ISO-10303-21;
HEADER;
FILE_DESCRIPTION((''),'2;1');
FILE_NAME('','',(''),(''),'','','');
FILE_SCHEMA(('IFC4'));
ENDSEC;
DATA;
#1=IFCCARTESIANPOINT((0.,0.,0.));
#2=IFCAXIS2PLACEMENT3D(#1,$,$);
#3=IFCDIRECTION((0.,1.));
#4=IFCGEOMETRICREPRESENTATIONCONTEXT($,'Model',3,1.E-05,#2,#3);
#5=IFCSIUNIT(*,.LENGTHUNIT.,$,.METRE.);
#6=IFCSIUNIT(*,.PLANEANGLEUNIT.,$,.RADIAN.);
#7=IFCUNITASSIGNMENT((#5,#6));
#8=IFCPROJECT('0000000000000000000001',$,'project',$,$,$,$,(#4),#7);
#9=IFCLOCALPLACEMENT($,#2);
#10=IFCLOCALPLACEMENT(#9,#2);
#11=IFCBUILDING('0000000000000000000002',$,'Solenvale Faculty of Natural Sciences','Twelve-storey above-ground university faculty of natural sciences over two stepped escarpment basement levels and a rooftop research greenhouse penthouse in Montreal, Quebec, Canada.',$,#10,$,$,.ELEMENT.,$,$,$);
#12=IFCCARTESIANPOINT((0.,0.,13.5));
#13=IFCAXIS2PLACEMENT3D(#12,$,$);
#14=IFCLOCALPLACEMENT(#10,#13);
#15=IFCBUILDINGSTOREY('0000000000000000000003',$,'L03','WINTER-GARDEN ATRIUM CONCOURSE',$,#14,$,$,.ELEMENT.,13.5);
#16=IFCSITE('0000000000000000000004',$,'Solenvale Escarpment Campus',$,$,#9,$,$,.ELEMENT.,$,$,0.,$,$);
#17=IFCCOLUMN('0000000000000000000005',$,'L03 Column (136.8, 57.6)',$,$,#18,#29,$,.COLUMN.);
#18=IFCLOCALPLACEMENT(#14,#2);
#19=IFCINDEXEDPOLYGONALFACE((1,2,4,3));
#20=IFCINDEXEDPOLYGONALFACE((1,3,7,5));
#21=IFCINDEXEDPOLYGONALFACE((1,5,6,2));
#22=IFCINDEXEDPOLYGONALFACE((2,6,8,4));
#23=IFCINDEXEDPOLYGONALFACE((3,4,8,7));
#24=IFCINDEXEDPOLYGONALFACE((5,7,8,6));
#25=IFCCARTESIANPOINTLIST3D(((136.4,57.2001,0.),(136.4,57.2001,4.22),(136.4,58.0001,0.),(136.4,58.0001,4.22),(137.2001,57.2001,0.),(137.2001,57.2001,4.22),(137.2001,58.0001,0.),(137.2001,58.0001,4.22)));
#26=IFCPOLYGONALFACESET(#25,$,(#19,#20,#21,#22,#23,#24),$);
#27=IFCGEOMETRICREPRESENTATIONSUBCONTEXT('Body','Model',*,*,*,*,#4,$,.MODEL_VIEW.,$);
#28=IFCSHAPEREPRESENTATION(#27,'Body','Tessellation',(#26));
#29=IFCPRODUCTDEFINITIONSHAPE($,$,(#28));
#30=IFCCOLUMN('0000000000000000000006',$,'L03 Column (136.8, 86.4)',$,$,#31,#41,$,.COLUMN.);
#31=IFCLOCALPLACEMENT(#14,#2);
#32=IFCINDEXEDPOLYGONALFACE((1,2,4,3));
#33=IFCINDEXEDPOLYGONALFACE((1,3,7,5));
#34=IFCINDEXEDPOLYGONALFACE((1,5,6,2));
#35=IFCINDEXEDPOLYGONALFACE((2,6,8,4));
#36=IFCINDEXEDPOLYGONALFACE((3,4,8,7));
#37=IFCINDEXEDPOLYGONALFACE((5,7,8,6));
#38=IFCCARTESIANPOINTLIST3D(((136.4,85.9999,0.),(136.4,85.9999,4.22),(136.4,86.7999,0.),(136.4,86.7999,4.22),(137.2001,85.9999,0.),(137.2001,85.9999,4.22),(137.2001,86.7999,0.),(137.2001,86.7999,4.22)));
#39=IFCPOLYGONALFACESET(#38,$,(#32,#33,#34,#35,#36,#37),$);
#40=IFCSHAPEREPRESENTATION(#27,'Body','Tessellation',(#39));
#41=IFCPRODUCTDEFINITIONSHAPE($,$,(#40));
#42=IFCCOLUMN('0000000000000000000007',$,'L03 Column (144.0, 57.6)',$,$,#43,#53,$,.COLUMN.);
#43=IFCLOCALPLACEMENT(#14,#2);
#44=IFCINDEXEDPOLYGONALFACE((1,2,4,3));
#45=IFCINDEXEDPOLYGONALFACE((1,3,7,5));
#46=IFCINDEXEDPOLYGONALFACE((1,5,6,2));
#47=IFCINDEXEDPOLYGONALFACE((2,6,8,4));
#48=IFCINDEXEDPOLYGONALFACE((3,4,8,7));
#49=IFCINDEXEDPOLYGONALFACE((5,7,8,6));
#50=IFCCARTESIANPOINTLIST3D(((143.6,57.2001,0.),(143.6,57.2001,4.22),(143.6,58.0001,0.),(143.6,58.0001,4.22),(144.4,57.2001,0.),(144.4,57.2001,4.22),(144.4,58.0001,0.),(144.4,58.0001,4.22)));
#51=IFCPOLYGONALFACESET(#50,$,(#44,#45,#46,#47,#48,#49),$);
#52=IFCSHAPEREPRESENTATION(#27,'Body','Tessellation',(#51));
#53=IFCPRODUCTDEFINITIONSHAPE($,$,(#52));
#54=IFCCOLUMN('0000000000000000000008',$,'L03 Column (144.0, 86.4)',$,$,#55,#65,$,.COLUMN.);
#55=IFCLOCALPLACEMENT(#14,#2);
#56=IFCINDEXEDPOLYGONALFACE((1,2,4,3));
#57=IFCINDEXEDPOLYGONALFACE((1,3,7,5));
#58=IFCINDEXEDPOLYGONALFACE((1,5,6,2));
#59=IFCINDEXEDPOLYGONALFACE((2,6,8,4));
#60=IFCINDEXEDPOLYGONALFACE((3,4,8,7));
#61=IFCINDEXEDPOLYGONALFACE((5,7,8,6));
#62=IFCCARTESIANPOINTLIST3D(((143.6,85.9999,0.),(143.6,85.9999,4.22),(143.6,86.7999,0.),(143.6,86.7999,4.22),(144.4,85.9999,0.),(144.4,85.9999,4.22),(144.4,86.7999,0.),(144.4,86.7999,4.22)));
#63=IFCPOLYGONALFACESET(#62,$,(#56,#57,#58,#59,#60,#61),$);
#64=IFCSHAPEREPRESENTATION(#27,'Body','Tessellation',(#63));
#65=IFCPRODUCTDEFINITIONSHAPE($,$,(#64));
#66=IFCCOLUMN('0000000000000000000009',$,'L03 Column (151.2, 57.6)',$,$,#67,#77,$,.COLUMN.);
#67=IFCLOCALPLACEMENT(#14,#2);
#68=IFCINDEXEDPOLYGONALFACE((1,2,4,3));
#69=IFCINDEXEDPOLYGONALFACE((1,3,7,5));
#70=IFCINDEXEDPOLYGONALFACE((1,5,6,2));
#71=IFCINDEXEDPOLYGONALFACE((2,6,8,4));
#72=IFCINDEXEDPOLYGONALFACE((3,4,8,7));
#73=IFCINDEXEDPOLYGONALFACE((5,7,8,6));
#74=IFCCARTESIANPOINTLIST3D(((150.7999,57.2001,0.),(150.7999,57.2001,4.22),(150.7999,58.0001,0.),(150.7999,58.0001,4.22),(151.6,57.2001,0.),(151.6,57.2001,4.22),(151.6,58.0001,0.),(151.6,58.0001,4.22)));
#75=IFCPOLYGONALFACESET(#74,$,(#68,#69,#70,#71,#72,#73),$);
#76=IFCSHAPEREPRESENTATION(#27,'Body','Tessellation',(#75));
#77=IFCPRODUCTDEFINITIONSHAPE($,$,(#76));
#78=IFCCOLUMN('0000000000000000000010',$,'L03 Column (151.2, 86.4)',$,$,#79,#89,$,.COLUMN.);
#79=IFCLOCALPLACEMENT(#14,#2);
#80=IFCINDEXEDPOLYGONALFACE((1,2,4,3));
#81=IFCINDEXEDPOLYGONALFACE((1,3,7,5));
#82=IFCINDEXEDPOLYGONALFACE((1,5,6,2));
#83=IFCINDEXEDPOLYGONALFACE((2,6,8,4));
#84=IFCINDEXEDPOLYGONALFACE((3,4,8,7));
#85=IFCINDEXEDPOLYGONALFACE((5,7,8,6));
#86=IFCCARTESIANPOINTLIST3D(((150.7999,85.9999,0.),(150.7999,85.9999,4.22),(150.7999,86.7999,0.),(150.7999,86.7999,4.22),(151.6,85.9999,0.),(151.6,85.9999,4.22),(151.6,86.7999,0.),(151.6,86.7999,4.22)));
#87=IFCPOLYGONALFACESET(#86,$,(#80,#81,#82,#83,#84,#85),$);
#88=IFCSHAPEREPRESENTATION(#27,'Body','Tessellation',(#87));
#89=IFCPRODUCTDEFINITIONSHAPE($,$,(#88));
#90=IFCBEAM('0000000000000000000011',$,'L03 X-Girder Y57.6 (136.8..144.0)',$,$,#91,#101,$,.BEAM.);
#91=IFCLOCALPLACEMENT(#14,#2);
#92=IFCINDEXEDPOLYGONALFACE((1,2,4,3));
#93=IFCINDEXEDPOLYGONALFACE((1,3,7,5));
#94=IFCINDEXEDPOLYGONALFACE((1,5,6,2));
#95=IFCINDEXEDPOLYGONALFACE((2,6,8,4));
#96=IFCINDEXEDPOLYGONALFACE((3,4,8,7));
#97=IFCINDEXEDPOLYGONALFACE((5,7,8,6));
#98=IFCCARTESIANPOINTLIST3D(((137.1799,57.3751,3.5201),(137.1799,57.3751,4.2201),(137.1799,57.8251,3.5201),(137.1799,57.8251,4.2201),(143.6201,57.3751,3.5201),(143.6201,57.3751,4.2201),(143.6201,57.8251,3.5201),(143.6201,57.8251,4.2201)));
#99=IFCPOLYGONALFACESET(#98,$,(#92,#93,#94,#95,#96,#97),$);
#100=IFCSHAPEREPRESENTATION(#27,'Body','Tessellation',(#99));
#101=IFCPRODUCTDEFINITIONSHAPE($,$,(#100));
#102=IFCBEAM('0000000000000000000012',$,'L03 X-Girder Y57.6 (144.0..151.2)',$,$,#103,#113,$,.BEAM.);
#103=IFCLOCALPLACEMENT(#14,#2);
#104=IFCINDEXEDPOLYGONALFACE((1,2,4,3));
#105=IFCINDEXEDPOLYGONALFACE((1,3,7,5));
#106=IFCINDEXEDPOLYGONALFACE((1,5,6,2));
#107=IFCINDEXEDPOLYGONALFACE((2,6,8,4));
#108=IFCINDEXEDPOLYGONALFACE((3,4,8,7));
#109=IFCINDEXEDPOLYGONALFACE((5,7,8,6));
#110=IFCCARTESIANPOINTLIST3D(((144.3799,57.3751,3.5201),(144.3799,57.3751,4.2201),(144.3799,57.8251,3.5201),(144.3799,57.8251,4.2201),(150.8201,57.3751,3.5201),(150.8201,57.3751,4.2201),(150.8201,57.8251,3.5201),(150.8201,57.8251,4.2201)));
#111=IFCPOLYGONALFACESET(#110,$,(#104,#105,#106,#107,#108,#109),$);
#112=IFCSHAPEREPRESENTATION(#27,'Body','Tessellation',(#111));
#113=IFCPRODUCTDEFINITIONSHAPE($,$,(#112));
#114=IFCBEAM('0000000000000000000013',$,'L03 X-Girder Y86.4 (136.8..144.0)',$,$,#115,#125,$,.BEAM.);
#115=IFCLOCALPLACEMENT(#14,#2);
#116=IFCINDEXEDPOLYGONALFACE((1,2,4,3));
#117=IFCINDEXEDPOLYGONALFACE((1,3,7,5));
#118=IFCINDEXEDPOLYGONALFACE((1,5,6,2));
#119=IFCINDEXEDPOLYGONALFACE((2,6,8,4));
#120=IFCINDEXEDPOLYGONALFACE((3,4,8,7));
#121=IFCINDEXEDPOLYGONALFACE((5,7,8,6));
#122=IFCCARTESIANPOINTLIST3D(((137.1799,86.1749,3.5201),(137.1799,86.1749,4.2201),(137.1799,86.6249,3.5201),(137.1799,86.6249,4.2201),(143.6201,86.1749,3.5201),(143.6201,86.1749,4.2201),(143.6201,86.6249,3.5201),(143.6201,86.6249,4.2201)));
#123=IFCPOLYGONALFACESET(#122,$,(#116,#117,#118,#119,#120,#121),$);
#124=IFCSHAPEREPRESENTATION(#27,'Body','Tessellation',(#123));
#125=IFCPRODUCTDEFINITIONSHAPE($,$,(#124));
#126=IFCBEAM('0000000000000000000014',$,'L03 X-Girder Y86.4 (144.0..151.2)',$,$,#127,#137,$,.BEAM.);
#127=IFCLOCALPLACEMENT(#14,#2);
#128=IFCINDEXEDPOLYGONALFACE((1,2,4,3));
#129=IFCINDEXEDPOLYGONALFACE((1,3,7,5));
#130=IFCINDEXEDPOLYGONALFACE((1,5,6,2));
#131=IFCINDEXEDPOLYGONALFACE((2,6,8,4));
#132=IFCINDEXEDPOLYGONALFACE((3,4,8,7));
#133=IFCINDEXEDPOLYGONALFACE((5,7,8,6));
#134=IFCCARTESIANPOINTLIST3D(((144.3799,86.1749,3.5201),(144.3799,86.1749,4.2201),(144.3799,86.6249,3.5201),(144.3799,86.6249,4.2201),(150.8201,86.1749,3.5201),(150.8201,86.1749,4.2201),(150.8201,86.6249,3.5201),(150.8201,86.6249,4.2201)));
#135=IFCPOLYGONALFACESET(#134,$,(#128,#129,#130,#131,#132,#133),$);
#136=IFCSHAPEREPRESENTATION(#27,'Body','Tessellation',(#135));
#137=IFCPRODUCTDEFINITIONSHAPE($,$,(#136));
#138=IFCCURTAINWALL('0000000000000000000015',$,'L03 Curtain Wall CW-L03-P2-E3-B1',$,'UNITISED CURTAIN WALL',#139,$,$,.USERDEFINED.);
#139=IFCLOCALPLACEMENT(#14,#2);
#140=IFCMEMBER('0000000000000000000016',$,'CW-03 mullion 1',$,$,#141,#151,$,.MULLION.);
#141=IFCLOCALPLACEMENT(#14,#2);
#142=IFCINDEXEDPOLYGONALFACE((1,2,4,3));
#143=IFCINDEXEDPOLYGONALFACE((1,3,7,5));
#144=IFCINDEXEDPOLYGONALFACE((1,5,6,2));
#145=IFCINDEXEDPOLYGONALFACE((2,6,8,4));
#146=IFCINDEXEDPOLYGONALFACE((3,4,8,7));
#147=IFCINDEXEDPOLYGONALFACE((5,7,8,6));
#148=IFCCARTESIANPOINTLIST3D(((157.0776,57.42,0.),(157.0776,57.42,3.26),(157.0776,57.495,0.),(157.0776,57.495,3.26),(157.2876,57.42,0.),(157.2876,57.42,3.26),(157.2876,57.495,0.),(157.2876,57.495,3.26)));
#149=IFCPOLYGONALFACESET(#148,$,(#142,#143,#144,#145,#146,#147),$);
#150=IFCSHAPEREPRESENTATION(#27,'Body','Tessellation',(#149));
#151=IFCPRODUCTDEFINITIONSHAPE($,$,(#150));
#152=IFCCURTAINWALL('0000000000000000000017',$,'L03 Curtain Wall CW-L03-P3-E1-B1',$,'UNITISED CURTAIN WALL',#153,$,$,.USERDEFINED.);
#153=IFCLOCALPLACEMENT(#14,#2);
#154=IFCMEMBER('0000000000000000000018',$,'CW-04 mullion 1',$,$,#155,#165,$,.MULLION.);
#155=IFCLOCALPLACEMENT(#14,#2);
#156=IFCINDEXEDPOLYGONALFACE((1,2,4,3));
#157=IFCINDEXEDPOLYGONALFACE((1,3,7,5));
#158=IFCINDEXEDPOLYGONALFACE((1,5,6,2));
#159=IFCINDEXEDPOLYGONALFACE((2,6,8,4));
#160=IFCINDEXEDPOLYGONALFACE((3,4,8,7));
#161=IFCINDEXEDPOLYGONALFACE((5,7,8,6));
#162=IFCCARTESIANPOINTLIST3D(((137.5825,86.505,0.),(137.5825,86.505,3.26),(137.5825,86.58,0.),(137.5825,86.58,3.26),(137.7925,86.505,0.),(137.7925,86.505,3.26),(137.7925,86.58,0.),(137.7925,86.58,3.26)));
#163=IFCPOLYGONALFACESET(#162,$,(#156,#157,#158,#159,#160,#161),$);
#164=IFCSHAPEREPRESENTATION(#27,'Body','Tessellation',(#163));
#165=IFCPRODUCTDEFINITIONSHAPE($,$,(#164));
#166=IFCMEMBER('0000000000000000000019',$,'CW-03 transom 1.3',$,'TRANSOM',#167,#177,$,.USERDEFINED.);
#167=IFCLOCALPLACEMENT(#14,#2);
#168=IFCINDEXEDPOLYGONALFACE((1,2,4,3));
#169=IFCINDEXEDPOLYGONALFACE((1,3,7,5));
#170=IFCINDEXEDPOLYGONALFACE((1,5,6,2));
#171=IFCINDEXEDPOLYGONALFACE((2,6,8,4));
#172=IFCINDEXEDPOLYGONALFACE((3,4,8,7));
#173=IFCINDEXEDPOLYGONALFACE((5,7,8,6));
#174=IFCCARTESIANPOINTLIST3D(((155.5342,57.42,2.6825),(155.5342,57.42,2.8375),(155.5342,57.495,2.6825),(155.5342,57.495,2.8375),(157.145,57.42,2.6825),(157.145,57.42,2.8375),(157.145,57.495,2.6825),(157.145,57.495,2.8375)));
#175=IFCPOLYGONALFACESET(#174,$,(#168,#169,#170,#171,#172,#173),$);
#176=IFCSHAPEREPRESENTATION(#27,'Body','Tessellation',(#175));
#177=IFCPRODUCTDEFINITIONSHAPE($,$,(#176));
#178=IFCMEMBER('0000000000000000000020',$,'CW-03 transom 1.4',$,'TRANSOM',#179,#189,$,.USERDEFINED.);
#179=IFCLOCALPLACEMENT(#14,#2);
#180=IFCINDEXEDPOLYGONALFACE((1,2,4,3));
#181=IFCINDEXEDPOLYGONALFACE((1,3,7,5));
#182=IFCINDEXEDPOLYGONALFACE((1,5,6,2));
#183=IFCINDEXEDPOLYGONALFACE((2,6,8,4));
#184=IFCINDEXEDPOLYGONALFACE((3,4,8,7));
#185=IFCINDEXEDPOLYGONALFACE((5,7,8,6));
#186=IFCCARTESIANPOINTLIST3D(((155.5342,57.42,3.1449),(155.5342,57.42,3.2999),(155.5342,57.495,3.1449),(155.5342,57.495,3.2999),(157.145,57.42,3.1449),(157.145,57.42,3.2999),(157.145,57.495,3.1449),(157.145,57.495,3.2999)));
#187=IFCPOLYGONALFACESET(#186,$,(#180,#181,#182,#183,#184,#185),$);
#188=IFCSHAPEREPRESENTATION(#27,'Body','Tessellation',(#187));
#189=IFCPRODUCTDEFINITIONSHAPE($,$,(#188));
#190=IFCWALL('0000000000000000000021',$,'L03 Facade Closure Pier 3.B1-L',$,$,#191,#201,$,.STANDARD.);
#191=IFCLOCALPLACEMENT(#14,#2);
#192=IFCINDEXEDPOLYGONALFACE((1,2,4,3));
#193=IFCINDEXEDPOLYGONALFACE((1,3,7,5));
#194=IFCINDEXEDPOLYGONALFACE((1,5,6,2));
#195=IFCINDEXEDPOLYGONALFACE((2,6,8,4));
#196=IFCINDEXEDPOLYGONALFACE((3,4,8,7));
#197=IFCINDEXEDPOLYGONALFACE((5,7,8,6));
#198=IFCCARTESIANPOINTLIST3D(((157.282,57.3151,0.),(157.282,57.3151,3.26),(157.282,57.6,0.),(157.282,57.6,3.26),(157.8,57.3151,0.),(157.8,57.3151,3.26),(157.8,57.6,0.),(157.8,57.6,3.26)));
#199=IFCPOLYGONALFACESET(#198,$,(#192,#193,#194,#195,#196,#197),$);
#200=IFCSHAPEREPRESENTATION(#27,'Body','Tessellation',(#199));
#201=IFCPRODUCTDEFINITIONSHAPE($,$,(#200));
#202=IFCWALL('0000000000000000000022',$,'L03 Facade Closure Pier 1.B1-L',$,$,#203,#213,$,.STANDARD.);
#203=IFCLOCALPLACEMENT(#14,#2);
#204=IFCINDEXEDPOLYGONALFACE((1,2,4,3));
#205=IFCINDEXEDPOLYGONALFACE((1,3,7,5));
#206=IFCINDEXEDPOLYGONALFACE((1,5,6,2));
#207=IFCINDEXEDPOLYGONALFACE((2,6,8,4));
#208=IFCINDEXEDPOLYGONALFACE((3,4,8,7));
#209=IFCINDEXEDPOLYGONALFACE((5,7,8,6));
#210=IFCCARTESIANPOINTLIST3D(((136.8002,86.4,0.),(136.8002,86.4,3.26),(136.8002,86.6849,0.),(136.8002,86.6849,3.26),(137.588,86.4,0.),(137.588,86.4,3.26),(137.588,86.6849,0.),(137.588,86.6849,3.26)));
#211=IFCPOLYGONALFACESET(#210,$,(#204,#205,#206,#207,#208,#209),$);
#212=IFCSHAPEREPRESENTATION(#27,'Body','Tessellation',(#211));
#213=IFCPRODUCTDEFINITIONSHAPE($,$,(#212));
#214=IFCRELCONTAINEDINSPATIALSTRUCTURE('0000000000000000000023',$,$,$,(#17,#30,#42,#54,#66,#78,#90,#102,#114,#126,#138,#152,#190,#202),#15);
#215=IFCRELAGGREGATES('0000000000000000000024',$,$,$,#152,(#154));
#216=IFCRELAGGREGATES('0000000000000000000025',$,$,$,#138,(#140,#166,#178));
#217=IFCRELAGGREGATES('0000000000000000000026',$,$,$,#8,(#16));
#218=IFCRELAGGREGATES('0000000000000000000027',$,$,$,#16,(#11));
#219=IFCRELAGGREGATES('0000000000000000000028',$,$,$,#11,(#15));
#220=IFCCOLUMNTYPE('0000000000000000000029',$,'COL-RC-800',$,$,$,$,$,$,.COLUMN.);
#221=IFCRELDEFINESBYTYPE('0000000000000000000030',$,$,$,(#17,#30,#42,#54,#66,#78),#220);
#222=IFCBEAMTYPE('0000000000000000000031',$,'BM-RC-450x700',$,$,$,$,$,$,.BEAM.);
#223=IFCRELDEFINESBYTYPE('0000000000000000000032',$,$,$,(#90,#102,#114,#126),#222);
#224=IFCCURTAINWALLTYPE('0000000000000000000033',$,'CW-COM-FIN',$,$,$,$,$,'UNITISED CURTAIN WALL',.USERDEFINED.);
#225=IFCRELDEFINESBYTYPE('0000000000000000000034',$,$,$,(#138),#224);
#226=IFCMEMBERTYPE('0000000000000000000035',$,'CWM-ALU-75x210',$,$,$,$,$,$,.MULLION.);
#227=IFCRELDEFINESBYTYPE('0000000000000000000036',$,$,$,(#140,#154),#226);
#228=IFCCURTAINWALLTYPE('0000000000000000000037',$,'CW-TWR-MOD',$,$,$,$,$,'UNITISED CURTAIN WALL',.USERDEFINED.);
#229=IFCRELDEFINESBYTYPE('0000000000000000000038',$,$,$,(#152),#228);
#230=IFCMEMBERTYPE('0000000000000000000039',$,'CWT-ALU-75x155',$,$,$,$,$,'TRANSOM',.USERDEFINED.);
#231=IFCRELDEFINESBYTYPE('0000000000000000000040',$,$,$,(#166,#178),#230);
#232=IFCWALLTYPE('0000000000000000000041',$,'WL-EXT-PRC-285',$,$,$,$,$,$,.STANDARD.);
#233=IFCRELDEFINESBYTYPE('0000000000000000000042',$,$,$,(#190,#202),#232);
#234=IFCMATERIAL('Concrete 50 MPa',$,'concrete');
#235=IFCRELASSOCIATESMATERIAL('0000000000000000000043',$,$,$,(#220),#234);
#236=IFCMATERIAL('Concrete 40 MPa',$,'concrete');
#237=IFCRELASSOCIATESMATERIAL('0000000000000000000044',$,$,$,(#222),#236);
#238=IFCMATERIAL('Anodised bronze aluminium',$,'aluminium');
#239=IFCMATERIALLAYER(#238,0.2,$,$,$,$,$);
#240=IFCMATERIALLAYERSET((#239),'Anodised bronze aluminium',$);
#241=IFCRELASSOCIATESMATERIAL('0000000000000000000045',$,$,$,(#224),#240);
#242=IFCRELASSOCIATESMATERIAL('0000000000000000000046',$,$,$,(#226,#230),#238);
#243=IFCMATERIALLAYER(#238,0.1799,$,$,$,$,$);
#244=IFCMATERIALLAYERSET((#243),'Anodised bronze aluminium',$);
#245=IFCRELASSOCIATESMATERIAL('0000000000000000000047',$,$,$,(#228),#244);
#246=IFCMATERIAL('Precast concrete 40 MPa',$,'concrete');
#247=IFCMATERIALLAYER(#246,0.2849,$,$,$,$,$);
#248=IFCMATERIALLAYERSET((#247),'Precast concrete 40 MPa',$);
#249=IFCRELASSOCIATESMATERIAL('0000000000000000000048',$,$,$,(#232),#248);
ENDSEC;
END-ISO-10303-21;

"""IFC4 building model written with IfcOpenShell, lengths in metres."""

from ifc_helpers import new_model, si_unit, direction, frame, frame_2d, origin, origin_2d, place, context, subcontext, project, spatial, rectangle, extrude, material, layer, layer_set, material_profile, profile_set, type_object, element, aggregate, save


model = new_model("IFC4")

# Units and contexts
model_context = context("Model", 3, precision=1e-05, world=origin(), true_north=direction((0.0, 1.0)))
body_context = subcontext(model_context, "Body", "Model", "MODEL_VIEW")
ifc_project = project(units=[si_unit("LENGTHUNIT", "METRE"), si_unit("PLANEANGLEUNIT", "RADIAN")], contexts=[model_context])

# Site, building, storey
site_placement = place(None, origin())
site = spatial("IfcSite", under=ifc_project, at=site_placement, Name="Solenvale Escarpment Campus", CompositionType="ELEMENT", RefElevation=0.0)
building_placement = place(site_placement, origin())
building = spatial("IfcBuilding", under=site, at=building_placement, Name="Solenvale Faculty of Natural Sciences", Description="Twelve-storey above-ground university faculty of natural sciences over two stepped escarpment basement levels and a rooftop research greenhouse penthouse in Montreal, Quebec, Canada.", CompositionType="ELEMENT")
storey_placement = place(building_placement, frame((0.0, 0.0, 13.5)))
storey = spatial("IfcBuildingStorey", under=building, at=storey_placement, Name="L03", Description="WINTER-GARDEN ATRIUM CONCOURSE", CompositionType="ELEMENT", Elevation=13.5)

# Columns
ifc_material_1 = material(Name="Concrete 50 MPa", Category="concrete")
ifc_material_profile_1 = material_profile(ifc_material_1, rectangle(XDim=0.8, YDim=0.8, at=origin_2d()), Name="RC-COL-800x800")
ifc_profile_set_1 = profile_set([ifc_material_profile_1], Name="Concrete 50 MPa")
column_type = type_object("IfcColumnType", Name="COL-RC-800", PredefinedType="COLUMN", material=ifc_profile_set_1)
for number, where, z_axis, x_axis, name in (
    (1, (136.8, 57.6001, 0.0), (0.0, 0.0, 1.0), (1.0, 0.0, 0.0), "L03 Column (136.8, 57.6)"),
    (2, (136.8, 86.3999, 0.0), (0.0, 0.0, 1.0), (1.0, 0.0, 0.0), "L03 Column (136.8, 86.4)"),
    (3, (144.0, 57.6001, 0.0), (0.0, 0.0, 1.0), (1.0, 0.0, 0.0), "L03 Column (144.0, 57.6)"),
    (4, (144.0, 86.3999, 0.0), (0.0, 0.0, 1.0), (1.0, 0.0, 0.0), "L03 Column (144.0, 86.4)"),
    (5, (151.2, 57.6001, 0.0), (0.0, 0.0, 1.0), (1.0, 0.0, 0.0), "L03 Column (151.2, 57.6)"),
    (6, (151.2, 86.3999, 0.0), (0.0, 0.0, 1.0), (1.0, 0.0, 0.0), "L03 Column (151.2, 86.4)"),
):
    element("IfcColumn", number, at=place(storey_placement, frame(where, z_axis=z_axis, x_axis=x_axis)), inside=storey, type_object=column_type, Name=name, PredefinedType="COLUMN", context=body_context, shape_type="SweptSolid", body=[
        extrude(rectangle(XDim=0.8, YDim=0.8, at=origin_2d()), origin(), (0.0, 0.0, 1.0), 4.22),
    ])

# Beams
ifc_material_2 = material(Name="Concrete 40 MPa", Category="concrete")
ifc_material_profile_2 = material_profile(ifc_material_2, rectangle(XDim=0.45, YDim=0.7, at=origin_2d()), Name="RC-BM-450x700")
ifc_profile_set_2 = profile_set([ifc_material_profile_2], Name="Concrete 40 MPa")
beam_type = type_object("IfcBeamType", Name="BM-RC-450x700", PredefinedType="BEAM", material=ifc_profile_set_2)
for number, where, z_axis, x_axis, name in (
    (7, (137.1799, 57.6001, 3.8701), (1.0, 0.0, 0.0), (0.0, 1.0, 0.0), "L03 X-Girder Y57.6 (136.8..144.0)"),
    (8, (144.3799, 57.6001, 3.8701), (1.0, 0.0, 0.0), (0.0, 1.0, 0.0), "L03 X-Girder Y57.6 (144.0..151.2)"),
    (9, (137.1799, 86.3999, 3.8701), (1.0, 0.0, 0.0), (0.0, 1.0, 0.0), "L03 X-Girder Y86.4 (136.8..144.0)"),
    (10, (144.3799, 86.3999, 3.8701), (1.0, 0.0, 0.0), (0.0, 1.0, 0.0), "L03 X-Girder Y86.4 (144.0..151.2)"),
):
    element("IfcBeam", number, at=place(storey_placement, frame(where, z_axis=z_axis, x_axis=x_axis)), inside=storey, type_object=beam_type, Name=name, PredefinedType="BEAM", context=body_context, shape_type="SweptSolid", body=[
        extrude(rectangle(XDim=0.45, YDim=0.7, at=origin_2d()), origin(), (0.0, 0.0, 1.0), 6.4402),
    ])

# Curtain walls, members
ifc_material_3 = material(Name="Anodised bronze aluminium", Category="aluminium")
ifc_layer_1 = layer(ifc_material_3, 0.2)
ifc_layer_set_1 = layer_set([ifc_layer_1], Name="Anodised bronze aluminium")
curtain_wall_type_1 = type_object("IfcCurtainWallType", Name="CW-COM-FIN", ElementType="UNITISED CURTAIN WALL", PredefinedType="USERDEFINED", material=ifc_layer_set_1)
curtain_wall_1_placement = place(storey_placement, origin())
curtain_wall_1 = element("IfcCurtainWall", 11, at=curtain_wall_1_placement, inside=storey, type_object=curtain_wall_type_1, Name="L03 Curtain Wall CW-L03-P2-E3-B1", ObjectType="UNITISED CURTAIN WALL", PredefinedType="USERDEFINED")
ifc_material_profile_3 = material_profile(ifc_material_3, rectangle(XDim=0.075, YDim=0.21, at=origin_2d()), Name="ALU-MUL-75x210")
ifc_profile_set_3 = profile_set([ifc_material_profile_3], Name="Anodised bronze aluminium")
member_type_1 = type_object("IfcMemberType", Name="CWM-ALU-75x210", PredefinedType="MULLION", material=ifc_profile_set_3)
member_1_placement = place(storey_placement, frame((157.1826, 57.4575, 0.0), z_axis=(0.0, 0.0, 1.0), x_axis=(0.0, -1.0, 0.0)))
member_1 = element("IfcMember", 12, at=member_1_placement, type_object=member_type_1, Name="CW-03 mullion 1", PredefinedType="MULLION", context=body_context, shape_type="SweptSolid", body=[
    extrude(rectangle(XDim=0.075, YDim=0.21, at=origin_2d()), origin(), (0.0, 0.0, 1.0), 3.26),
])
ifc_layer_2 = layer(ifc_material_3, 0.1799)
ifc_layer_set_2 = layer_set([ifc_layer_2], Name="Anodised bronze aluminium")
curtain_wall_type_2 = type_object("IfcCurtainWallType", Name="CW-TWR-MOD", ElementType="UNITISED CURTAIN WALL", PredefinedType="USERDEFINED", material=ifc_layer_set_2)
curtain_wall_2_placement = place(storey_placement, origin())
curtain_wall_2 = element("IfcCurtainWall", 13, at=curtain_wall_2_placement, inside=storey, type_object=curtain_wall_type_2, Name="L03 Curtain Wall CW-L03-P3-E1-B1", ObjectType="UNITISED CURTAIN WALL", PredefinedType="USERDEFINED")
member_2_placement = place(storey_placement, frame((137.6875, 86.5425, 0.0), z_axis=(0.0, 0.0, 1.0), x_axis=(0.0, 1.0, 0.0)))
member_2 = element("IfcMember", 14, at=member_2_placement, type_object=member_type_1, Name="CW-04 mullion 1", PredefinedType="MULLION", context=body_context, shape_type="SweptSolid", body=[
    extrude(rectangle(XDim=0.075, YDim=0.21, at=origin_2d()), origin(), (0.0, 0.0, 1.0), 3.26),
])
aggregate(curtain_wall_2, [member_2])

# Members
ifc_material_profile_4 = material_profile(ifc_material_3, rectangle(XDim=0.075, YDim=0.155, at=origin_2d()), Name="ALU-TRN-75x155")
ifc_profile_set_4 = profile_set([ifc_material_profile_4], Name="Anodised bronze aluminium")
member_type_2 = type_object("IfcMemberType", Name="CWT-ALU-75x155", ElementType="TRANSOM", PredefinedType="USERDEFINED", material=ifc_profile_set_4)
member_3_placement = place(storey_placement, frame((157.145, 57.4575, 2.76), z_axis=(-1.0, 0.0, 0.0), x_axis=(0.0, -1.0, 0.0)))
member_3 = element("IfcMember", 15, at=member_3_placement, type_object=member_type_2, Name="CW-03 transom 1.3", ObjectType="TRANSOM", PredefinedType="USERDEFINED", context=body_context, shape_type="SweptSolid", body=[
    extrude(rectangle(XDim=0.075, YDim=0.155, at=origin_2d()), origin(), (0.0, 0.0, 1.0), 1.6108),
])
member_4_placement = place(storey_placement, frame((157.145, 57.4575, 3.2224), z_axis=(-1.0, 0.0, 0.0), x_axis=(0.0, -1.0, 0.0)))
member_4 = element("IfcMember", 16, at=member_4_placement, type_object=member_type_2, Name="CW-03 transom 1.4", ObjectType="TRANSOM", PredefinedType="USERDEFINED", context=body_context, shape_type="SweptSolid", body=[
    extrude(rectangle(XDim=0.075, YDim=0.155, at=origin_2d()), origin(), (0.0, 0.0, 1.0), 1.6108),
])
aggregate(curtain_wall_1, [member_1, member_3, member_4])

# Walls
ifc_material_4 = material(Name="Precast concrete 40 MPa", Category="concrete")
ifc_layer_3 = layer(ifc_material_4, 0.2849)
ifc_layer_set_3 = layer_set([ifc_layer_3], Name="Precast concrete 40 MPa")
wall_type_1 = type_object("IfcWallType", Name="WL-EXT-PRC-285", PredefinedType="STANDARD", material=ifc_layer_set_3)
wall_1_placement = place(storey_placement, frame((157.8, 57.4575, 0.0), z_axis=(0.0, 0.0, 1.0), x_axis=(-1.0, 0.0, 0.0)))
element("IfcWall", 17, at=wall_1_placement, inside=storey, type_object=wall_type_1, Name="L03 Facade Closure Pier 3.B1-L", PredefinedType="STANDARD", context=body_context, shape_type="SweptSolid", body=[
    extrude(rectangle(XDim=0.5181, YDim=0.2849, at=frame_2d((0.259, 0.0))), origin(), (0.0, 0.0, 1.0), 3.26),
])
wall_2_placement = place(storey_placement, frame((136.8, 86.5425, 0.0), z_axis=(0.0, 0.0, 1.0), x_axis=(1.0, 0.0, 0.0)))
element("IfcWall", 18, at=wall_2_placement, inside=storey, type_object=wall_type_1, Name="L03 Facade Closure Pier 1.B1-L", PredefinedType="STANDARD", context=body_context, shape_type="SweptSolid", body=[
    extrude(rectangle(XDim=0.7878, YDim=0.2849, at=frame_2d((0.394, 0.0))), origin(), (0.0, 0.0, 1.0), 3.26),
])

save(model, "model.ifc")
